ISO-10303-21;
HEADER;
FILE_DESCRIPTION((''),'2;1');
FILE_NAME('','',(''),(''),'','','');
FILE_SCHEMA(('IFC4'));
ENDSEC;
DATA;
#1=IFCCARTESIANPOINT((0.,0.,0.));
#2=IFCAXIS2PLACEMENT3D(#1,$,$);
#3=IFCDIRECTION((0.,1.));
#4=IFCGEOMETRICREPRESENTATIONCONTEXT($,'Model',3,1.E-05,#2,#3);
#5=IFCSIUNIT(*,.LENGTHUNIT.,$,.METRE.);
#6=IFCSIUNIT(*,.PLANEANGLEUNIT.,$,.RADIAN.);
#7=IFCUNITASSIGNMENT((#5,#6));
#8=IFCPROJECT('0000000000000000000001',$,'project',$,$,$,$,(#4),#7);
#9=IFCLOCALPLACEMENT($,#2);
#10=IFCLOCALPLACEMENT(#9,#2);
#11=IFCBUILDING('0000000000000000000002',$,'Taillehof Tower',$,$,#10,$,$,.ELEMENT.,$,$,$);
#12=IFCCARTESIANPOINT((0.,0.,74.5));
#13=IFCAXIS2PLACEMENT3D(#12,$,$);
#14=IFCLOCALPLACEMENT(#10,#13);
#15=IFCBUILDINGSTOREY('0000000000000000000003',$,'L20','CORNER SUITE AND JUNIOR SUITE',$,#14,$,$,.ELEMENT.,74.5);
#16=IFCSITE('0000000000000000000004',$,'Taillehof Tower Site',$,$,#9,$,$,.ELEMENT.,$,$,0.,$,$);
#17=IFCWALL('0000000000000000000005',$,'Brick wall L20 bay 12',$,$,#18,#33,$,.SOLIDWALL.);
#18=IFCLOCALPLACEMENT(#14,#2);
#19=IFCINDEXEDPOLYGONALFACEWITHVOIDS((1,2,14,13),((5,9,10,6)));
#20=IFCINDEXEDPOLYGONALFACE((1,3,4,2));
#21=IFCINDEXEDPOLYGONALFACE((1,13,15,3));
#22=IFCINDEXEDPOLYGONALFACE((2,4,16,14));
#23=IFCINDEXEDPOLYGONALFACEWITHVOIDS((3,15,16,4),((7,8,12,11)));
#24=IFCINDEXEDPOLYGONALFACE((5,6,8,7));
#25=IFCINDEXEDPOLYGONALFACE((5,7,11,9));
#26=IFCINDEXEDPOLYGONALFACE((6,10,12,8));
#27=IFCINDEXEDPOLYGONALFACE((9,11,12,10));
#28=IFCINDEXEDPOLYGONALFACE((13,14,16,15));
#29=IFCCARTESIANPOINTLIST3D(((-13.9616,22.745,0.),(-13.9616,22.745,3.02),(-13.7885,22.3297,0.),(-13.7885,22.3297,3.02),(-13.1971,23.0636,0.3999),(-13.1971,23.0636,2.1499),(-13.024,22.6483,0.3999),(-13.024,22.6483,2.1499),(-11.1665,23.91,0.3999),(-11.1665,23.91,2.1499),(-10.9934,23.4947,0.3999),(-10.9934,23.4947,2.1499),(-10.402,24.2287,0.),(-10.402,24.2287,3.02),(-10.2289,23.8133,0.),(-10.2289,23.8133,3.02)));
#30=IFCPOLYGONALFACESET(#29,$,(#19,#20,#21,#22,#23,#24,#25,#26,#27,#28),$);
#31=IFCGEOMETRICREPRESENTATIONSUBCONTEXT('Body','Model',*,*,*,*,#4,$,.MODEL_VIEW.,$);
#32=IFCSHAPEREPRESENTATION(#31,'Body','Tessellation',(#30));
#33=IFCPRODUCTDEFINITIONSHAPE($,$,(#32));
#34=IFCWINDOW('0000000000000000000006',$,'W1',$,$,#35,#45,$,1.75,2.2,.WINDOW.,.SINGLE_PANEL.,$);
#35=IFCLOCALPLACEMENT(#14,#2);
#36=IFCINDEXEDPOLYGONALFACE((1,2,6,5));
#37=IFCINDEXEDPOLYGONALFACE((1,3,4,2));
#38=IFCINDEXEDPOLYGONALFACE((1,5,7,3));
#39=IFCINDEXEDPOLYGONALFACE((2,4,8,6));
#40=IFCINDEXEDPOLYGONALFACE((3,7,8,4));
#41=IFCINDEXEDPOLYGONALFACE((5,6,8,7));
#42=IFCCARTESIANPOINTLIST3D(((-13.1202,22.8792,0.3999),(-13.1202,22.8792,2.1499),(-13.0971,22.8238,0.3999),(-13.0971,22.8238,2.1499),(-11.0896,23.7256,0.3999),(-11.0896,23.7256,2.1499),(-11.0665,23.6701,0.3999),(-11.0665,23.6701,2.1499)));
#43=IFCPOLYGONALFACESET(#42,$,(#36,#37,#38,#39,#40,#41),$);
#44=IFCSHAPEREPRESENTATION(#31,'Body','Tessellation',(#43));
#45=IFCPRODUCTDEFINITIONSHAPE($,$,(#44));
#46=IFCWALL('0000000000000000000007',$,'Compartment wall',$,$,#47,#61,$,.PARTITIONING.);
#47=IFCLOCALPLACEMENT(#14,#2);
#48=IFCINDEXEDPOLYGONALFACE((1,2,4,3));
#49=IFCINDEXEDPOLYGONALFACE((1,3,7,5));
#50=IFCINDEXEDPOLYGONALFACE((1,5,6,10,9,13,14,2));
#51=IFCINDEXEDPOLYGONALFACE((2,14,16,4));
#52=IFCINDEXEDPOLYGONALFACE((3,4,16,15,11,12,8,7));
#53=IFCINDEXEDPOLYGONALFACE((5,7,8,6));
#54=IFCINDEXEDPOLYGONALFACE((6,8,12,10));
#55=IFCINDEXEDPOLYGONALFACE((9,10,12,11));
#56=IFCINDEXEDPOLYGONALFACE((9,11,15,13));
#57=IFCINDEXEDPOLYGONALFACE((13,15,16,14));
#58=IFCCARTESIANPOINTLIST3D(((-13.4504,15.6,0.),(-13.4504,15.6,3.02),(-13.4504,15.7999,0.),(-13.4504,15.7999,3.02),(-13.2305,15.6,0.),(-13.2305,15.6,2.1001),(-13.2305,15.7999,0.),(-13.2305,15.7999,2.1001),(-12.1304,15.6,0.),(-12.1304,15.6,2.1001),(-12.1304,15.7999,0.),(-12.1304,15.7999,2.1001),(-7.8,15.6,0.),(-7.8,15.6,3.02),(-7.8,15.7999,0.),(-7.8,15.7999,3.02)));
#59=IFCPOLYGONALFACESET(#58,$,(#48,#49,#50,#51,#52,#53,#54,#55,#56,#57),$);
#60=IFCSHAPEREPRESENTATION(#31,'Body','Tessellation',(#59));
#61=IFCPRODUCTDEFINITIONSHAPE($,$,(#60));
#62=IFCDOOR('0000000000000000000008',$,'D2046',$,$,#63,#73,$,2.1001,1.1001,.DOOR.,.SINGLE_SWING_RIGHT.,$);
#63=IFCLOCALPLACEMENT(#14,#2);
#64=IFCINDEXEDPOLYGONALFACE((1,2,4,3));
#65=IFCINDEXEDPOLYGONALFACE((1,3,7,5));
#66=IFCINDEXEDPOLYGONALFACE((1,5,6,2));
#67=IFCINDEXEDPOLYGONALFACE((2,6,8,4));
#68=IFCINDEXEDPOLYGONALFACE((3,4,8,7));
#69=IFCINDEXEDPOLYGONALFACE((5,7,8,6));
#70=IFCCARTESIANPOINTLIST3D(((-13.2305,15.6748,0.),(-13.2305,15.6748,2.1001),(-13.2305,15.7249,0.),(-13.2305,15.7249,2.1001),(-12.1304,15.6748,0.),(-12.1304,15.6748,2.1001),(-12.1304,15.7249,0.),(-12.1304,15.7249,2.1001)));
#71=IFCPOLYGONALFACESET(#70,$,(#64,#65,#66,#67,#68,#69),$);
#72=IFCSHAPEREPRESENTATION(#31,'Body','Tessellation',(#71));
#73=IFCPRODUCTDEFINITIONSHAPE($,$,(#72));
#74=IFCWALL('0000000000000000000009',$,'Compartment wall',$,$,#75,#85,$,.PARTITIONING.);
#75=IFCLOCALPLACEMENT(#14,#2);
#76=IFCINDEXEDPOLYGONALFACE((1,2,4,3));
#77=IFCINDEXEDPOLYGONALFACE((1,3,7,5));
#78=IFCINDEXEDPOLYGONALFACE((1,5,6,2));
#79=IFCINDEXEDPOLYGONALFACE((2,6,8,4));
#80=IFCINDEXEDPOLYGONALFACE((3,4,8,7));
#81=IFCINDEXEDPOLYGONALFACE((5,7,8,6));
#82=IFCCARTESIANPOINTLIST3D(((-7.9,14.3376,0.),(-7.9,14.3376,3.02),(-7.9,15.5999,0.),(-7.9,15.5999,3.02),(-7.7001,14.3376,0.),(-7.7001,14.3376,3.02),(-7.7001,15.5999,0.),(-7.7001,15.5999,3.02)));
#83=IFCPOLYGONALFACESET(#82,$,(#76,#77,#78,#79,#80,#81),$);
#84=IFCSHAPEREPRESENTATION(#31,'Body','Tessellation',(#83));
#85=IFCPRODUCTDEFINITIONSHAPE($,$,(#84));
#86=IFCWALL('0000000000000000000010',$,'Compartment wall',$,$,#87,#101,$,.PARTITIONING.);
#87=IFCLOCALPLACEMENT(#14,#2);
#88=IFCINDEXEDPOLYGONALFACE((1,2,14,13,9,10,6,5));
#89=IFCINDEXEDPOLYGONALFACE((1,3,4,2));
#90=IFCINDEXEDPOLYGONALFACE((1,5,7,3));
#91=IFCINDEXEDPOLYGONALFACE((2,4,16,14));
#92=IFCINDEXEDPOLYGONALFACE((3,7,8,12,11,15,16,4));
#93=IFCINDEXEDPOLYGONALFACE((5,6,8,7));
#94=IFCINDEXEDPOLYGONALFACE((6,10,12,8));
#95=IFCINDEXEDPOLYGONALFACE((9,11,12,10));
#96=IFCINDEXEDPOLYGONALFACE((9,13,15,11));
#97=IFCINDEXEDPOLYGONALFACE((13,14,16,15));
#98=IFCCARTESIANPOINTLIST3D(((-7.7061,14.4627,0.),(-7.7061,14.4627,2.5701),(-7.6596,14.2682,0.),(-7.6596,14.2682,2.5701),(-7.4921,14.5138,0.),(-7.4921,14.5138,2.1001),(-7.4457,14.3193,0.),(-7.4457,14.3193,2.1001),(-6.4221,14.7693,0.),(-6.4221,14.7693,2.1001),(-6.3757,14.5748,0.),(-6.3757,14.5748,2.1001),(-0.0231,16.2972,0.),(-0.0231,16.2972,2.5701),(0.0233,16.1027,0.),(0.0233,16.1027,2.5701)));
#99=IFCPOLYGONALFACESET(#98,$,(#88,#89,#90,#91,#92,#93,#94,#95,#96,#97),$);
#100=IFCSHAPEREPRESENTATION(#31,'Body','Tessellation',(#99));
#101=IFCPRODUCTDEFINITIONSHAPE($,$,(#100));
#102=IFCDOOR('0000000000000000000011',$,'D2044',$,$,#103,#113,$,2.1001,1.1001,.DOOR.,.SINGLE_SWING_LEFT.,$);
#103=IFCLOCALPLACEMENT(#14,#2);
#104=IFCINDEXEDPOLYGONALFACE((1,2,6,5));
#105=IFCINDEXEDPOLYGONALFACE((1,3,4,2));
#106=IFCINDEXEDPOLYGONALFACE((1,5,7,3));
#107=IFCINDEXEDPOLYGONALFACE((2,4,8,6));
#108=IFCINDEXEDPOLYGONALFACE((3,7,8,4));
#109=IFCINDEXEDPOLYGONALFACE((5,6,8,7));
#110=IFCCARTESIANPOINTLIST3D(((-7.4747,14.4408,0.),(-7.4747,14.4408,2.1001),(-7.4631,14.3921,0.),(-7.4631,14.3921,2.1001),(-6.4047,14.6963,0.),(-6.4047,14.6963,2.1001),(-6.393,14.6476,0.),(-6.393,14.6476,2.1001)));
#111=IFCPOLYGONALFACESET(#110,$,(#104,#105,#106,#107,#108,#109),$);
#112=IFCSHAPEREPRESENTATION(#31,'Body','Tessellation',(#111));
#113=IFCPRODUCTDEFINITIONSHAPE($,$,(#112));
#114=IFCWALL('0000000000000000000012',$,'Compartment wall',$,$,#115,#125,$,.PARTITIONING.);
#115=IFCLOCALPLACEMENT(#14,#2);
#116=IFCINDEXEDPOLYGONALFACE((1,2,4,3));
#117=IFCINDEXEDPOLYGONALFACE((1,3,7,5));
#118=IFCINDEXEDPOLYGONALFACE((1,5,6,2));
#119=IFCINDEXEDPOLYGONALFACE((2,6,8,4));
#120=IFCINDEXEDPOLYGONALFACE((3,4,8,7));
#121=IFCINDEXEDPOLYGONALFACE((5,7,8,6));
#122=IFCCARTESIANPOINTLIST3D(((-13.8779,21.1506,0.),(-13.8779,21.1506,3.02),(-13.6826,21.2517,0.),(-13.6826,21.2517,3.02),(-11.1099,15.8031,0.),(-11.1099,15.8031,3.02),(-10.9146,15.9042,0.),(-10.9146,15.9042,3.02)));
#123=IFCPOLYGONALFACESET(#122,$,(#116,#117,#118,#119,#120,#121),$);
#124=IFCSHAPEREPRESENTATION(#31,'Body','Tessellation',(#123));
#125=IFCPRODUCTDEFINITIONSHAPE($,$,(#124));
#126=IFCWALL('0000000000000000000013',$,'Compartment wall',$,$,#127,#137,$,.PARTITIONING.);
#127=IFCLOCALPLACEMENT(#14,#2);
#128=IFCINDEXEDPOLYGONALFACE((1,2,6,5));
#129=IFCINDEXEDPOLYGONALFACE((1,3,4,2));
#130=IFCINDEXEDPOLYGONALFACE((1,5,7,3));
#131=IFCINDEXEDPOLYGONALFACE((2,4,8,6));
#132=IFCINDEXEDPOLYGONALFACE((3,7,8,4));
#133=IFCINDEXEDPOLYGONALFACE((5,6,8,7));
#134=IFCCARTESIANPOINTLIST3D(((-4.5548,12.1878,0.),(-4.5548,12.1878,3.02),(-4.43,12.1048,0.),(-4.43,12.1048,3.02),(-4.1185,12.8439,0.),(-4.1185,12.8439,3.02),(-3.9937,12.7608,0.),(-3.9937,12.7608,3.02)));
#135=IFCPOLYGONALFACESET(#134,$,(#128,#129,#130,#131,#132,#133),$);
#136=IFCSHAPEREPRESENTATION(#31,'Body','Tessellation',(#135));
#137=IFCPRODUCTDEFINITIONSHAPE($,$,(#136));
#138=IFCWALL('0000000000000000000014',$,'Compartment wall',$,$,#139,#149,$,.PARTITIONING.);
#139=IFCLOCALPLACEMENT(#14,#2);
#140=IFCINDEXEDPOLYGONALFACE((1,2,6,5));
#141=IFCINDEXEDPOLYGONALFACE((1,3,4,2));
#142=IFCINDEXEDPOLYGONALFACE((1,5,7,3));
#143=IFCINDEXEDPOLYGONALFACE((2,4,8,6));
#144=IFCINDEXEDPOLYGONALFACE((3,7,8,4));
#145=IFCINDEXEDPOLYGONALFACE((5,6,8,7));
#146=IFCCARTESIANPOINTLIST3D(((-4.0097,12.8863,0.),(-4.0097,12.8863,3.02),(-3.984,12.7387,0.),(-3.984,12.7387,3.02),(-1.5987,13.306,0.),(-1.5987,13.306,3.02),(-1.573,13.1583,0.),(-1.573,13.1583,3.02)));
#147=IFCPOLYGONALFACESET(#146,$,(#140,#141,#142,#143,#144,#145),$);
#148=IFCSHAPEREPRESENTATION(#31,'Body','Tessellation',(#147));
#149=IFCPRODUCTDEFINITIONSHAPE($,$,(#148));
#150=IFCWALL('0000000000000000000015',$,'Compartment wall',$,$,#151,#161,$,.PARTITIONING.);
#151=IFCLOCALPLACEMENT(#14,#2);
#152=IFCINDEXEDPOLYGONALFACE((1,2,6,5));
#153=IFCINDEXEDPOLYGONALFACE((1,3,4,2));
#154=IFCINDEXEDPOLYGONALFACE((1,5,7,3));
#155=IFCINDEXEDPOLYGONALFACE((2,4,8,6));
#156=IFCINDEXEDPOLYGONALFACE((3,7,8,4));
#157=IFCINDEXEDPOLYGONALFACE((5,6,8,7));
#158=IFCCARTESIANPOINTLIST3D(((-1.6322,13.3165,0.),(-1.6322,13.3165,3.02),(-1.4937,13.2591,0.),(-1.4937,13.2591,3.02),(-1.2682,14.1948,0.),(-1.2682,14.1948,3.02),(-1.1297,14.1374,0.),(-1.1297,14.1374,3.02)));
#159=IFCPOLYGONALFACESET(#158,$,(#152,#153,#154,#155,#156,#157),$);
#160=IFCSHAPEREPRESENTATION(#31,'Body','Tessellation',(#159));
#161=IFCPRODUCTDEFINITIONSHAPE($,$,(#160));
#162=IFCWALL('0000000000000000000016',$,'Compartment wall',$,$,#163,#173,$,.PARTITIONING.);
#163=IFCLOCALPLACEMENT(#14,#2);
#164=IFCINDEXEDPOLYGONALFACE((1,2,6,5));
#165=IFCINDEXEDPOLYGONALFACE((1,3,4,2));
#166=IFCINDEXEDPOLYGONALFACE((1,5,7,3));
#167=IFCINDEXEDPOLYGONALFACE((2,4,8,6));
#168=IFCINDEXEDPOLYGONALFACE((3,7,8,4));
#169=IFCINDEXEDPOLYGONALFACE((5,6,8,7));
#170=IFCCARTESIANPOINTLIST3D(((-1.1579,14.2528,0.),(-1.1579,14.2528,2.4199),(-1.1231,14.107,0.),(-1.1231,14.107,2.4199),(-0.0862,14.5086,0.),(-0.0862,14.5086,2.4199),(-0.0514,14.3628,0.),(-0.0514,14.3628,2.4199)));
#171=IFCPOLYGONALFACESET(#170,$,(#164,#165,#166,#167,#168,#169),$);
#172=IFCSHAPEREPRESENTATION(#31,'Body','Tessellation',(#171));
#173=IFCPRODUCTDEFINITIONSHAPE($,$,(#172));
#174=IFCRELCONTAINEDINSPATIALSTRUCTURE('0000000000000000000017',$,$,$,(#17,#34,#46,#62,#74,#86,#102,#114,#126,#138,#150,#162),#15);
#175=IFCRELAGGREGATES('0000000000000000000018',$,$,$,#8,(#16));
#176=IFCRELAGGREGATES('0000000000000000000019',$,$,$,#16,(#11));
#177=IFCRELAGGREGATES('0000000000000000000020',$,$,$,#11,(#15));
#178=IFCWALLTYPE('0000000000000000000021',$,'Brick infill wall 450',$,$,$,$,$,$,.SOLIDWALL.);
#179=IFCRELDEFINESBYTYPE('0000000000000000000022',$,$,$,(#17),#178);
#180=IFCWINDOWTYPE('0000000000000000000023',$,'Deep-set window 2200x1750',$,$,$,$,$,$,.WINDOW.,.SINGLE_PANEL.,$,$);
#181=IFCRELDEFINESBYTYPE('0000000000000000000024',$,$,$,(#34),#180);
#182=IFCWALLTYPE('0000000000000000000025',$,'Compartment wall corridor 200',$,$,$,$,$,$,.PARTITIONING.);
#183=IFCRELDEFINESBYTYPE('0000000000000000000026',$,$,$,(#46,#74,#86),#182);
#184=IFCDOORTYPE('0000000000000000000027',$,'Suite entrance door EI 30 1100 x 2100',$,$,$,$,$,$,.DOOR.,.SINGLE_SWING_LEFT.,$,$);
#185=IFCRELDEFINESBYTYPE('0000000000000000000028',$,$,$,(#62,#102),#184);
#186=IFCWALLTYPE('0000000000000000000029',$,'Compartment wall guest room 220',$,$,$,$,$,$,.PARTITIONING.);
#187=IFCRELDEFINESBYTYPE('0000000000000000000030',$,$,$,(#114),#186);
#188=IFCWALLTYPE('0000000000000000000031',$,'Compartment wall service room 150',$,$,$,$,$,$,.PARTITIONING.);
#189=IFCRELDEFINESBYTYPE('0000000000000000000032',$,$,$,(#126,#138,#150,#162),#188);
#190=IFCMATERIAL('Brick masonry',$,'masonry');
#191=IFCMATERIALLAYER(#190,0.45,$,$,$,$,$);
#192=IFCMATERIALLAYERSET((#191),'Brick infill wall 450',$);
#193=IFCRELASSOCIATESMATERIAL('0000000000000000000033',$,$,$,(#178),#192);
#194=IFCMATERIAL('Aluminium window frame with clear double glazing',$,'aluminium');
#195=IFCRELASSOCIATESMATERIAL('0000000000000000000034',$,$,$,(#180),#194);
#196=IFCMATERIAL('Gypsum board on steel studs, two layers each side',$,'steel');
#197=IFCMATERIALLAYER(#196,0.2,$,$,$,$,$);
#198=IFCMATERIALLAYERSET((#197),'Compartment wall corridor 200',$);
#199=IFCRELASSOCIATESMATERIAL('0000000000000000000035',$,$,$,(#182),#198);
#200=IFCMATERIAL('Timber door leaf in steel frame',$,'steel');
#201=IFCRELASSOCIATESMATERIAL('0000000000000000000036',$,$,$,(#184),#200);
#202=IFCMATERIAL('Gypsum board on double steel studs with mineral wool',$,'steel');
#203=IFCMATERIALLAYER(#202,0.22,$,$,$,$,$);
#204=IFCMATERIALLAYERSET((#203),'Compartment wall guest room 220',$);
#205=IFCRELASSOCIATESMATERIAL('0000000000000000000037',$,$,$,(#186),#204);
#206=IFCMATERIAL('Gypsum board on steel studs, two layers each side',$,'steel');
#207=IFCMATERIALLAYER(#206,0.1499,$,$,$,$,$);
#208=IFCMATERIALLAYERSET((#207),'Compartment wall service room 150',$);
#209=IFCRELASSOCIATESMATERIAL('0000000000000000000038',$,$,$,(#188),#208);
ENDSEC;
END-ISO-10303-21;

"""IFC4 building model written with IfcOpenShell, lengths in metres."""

from ifc_helpers import new_model, si_unit, direction, frame, frame_2d, origin, place, context, subcontext, project, spatial, rectangle, extrude, material, layer, layer_set, type_object, element, fill, save


model = new_model("IFC4")

# Units and contexts
model_context = context("Model", 3, precision=1e-05, world=origin(), true_north=direction((0.0, 1.0)))
body_context = subcontext(model_context, "Body", "Model", "MODEL_VIEW")
ifc_project = project(units=[si_unit("LENGTHUNIT", "METRE"), si_unit("PLANEANGLEUNIT", "RADIAN")], contexts=[model_context])

# Site, building, storey
site_placement = place(None, origin())
site = spatial("IfcSite", under=ifc_project, at=site_placement, Name="Taillehof Tower Site", CompositionType="ELEMENT", RefElevation=0.0)
building_placement = place(site_placement, origin())
building = spatial("IfcBuilding", under=site, at=building_placement, Name="Taillehof Tower", CompositionType="ELEMENT")
storey_placement = place(building_placement, frame((0.0, 0.0, 74.5)))
storey = spatial("IfcBuildingStorey", under=building, at=storey_placement, Name="L20", Description="CORNER SUITE AND JUNIOR SUITE", CompositionType="ELEMENT", Elevation=74.5)

# Wall, opening, window
ifc_material_1 = material(Name="Brick masonry", Category="masonry")
ifc_layer_1 = layer(ifc_material_1, 0.45)
ifc_layer_set_1 = layer_set([ifc_layer_1], Name="Brick infill wall 450")
wall_type_1 = type_object("IfcWallType", Name="Brick infill wall 450", PredefinedType="SOLIDWALL", material=ifc_layer_set_1)
ifc_material_2 = material(Name="Aluminium window frame with clear double glazing", Category="aluminium")
window_type = type_object("IfcWindowType", Name="Deep-set window 2200x1750", PartitioningType="SINGLE_PANEL", PredefinedType="WINDOW", material=ifc_material_2)
wall_1_placement = place(storey_placement, frame((-10.3154, 24.021, 0.0), z_axis=(0.0, 0.0, 1.0), x_axis=(-0.923032, -0.384723, 0.0)))
wall_1 = element("IfcWall", 1, at=wall_1_placement, inside=storey, type_object=wall_type_1, Name="Brick wall L20 bay 12", PredefinedType="SOLIDWALL", context=body_context, shape_type="SweptSolid", body=[
    extrude(rectangle(XDim=3.8564, YDim=0.45, at=frame_2d((1.9282, 0.0))), origin(), (0.0, 0.0, 1.0), 3.02),
])
opening_1_placement = place(wall_1_placement, frame((0.8281, 0.0, 0.3999)))
opening_1 = element("IfcOpeningElement", 2, at=opening_1_placement, cuts=wall_1, PredefinedType="OPENING", context=body_context, shape_type="SweptSolid", body=[
    extrude(rectangle(XDim=2.2, YDim=1.75, at=frame_2d((1.1001, 0.875))), frame((0.0, 0.2349, 0.0), z_axis=(0.0, -1.0, 0.0), x_axis=(1.0, 0.0, 0.0)), (0.0, 0.0, 1.0), 0.47),
])
window_1_placement = place(opening_1_placement, origin())
window_1 = element("IfcWindow", 3, at=window_1_placement, inside=storey, type_object=window_type, Name="W1", OverallHeight=1.75, OverallWidth=2.2, PartitioningType="SINGLE_PANEL", PredefinedType="WINDOW", context=body_context, shape_type="SweptSolid", body=[
    extrude(rectangle(XDim=2.2, YDim=1.75, at=frame_2d((1.1001, 0.875))), frame((0.0, 0.0349, 0.0), z_axis=(0.0, -1.0, 0.0), x_axis=(1.0, 0.0, 0.0)), (0.0, 0.0, 1.0), 0.0601),
])
fill(opening_1, window_1)

# Wall, opening, door
ifc_material_3 = material(Name="Gypsum board on steel studs, two layers each side", Category="steel")
ifc_layer_2 = layer(ifc_material_3, 0.2)
ifc_layer_set_2 = layer_set([ifc_layer_2], Name="Compartment wall corridor 200")
wall_type_2 = type_object("IfcWallType", Name="Compartment wall corridor 200", PredefinedType="PARTITIONING", material=ifc_layer_set_2)
wall_2_placement = place(storey_placement, frame((-13.4504, 15.7, 0.0), z_axis=(0.0, 0.0, 1.0), x_axis=(1.0, 0.0, 0.0)))
wall_2 = element("IfcWall", 4, at=wall_2_placement, inside=storey, type_object=wall_type_2, Name="Compartment wall", PredefinedType="PARTITIONING", context=body_context, shape_type="SweptSolid", body=[
    extrude(rectangle(XDim=5.6504, YDim=0.2, at=frame_2d((2.8252, 0.0))), origin(), (0.0, 0.0, 1.0), 3.02),
])
opening_2_placement = place(wall_2_placement, frame((0.22, 0.0, 0.0)))
opening_2 = element("IfcOpeningElement", 5, at=opening_2_placement, cuts=wall_2, PredefinedType="OPENING", context=body_context, shape_type="SweptSolid", body=[
    extrude(rectangle(XDim=1.1001, YDim=2.1001, at=frame_2d((0.55, 1.05))), frame((0.0, 0.1099, 0.0), z_axis=(0.0, -1.0, 0.0), x_axis=(1.0, 0.0, 0.0)), (0.0, 0.0, 1.0), 0.22),
])
ifc_material_4 = material(Name="Timber door leaf in steel frame", Category="steel")
door_type_1 = type_object("IfcDoorType", Name="Suite entrance door EI 30 1100 x 2100", OperationType="SINGLE_SWING_LEFT", PredefinedType="DOOR", material=ifc_material_4)
door_1_placement = place(opening_2_placement, origin())
door_1 = element("IfcDoor", 6, at=door_1_placement, inside=storey, type_object=door_type_1, Name="D2046", OperationType="SINGLE_SWING_RIGHT", OverallHeight=2.1001, OverallWidth=1.1001, PredefinedType="DOOR", context=body_context, shape_type="SweptSolid", body=[
    extrude(rectangle(XDim=1.1001, YDim=2.1001, at=frame_2d((0.55, 1.05))), frame((0.0, 0.0249, 0.0), z_axis=(0.0, -1.0, 0.0), x_axis=(1.0, 0.0, 0.0)), (0.0, 0.0, 1.0), 0.05),
])
fill(opening_2, door_1)

# Wall
wall_3_placement = place(storey_placement, frame((-7.8, 15.5999, 0.0), z_axis=(0.0, 0.0, 1.0), x_axis=(0.0, -1.0, 0.0)))
element("IfcWall", 7, at=wall_3_placement, inside=storey, type_object=wall_type_2, Name="Compartment wall", PredefinedType="PARTITIONING", context=body_context, shape_type="SweptSolid", body=[
    extrude(rectangle(XDim=1.2622, YDim=0.2, at=frame_2d((0.6311, 0.0))), origin(), (0.0, 0.0, 1.0), 3.02),
])

# Wall, opening, door
wall_4_placement = place(storey_placement, frame((-7.6829, 14.3655, 0.0), z_axis=(0.0, 0.0, 1.0), x_axis=(0.972657, 0.232246, 0.0)))
wall_4 = element("IfcWall", 8, at=wall_4_placement, inside=storey, type_object=wall_type_2, Name="Compartment wall", PredefinedType="PARTITIONING", context=body_context, shape_type="SweptSolid", body=[
    extrude(rectangle(XDim=7.8989, YDim=0.2, at=frame_2d((3.9495, 0.0))), origin(), (0.0, 0.0, 1.0), 2.5701),
])
opening_3_placement = place(wall_4_placement, frame((0.22, 0.0, 0.0)))
opening_3 = element("IfcOpeningElement", 9, at=opening_3_placement, cuts=wall_4, PredefinedType="OPENING", context=body_context, shape_type="SweptSolid", body=[
    extrude(rectangle(XDim=1.1001, YDim=2.1001, at=frame_2d((0.55, 1.05))), frame((0.0, 0.1099, 0.0), z_axis=(0.0, -1.0, 0.0), x_axis=(1.0, 0.0, 0.0)), (0.0, 0.0, 1.0), 0.22),
])
door_2_placement = place(opening_3_placement, origin())
door_2 = element("IfcDoor", 10, at=door_2_placement, inside=storey, type_object=door_type_1, Name="D2044", OperationType="SINGLE_SWING_LEFT", OverallHeight=2.1001, OverallWidth=1.1001, PredefinedType="DOOR", context=body_context, shape_type="SweptSolid", body=[
    extrude(rectangle(XDim=1.1001, YDim=2.1001, at=frame_2d((0.55, 1.05))), frame((0.0, 0.0249, 0.0), z_axis=(0.0, -1.0, 0.0), x_axis=(1.0, 0.0, 0.0)), (0.0, 0.0, 1.0), 0.05),
])
fill(opening_3, door_2)

# Walls
ifc_material_5 = material(Name="Gypsum board on double steel studs with mineral wool", Category="steel")
ifc_layer_3 = layer(ifc_material_5, 0.22)
ifc_layer_set_3 = layer_set([ifc_layer_3], Name="Compartment wall guest room 220")
wall_type_3 = type_object("IfcWallType", Name="Compartment wall guest room 220", PredefinedType="PARTITIONING", material=ifc_layer_set_3)
wall_5_placement = place(storey_placement, frame((-13.7803, 21.2012, 0.0), z_axis=(0.0, 0.0, 1.0), x_axis=(0.45969, -0.88808, 0.0)))
element("IfcWall", 11, at=wall_5_placement, inside=storey, type_object=wall_type_3, Name="Compartment wall", PredefinedType="PARTITIONING", context=body_context, shape_type="SweptSolid", body=[
    extrude(rectangle(XDim=6.0215, YDim=0.22, at=frame_2d((3.0107, 0.0))), origin(), (0.0, 0.0, 1.0), 3.02),
])
ifc_material_6 = material(Name="Gypsum board on steel studs, two layers each side", Category="steel")
ifc_layer_4 = layer(ifc_material_6, 0.1499)
ifc_layer_set_4 = layer_set([ifc_layer_4], Name="Compartment wall service room 150")
wall_type_4 = type_object("IfcWallType", Name="Compartment wall service room 150", PredefinedType="PARTITIONING", material=ifc_layer_set_4)
wall_6_placement = place(storey_placement, frame((-4.4924, 12.1462, 0.0), z_axis=(0.0, 0.0, 1.0), x_axis=(0.55377, 0.83267, 0.0)))
element("IfcWall", 12, at=wall_6_placement, inside=storey, type_object=wall_type_4, Name="Compartment wall", PredefinedType="PARTITIONING", context=body_context, shape_type="SweptSolid", body=[
    extrude(rectangle(XDim=0.7878, YDim=0.1499, at=frame_2d((0.394, 0.0))), origin(), (0.0, 0.0, 1.0), 3.02),
])
wall_7_placement = place(storey_placement, frame((-3.9968, 12.8125, 0.0), z_axis=(0.0, 0.0, 1.0), x_axis=(0.985188, 0.17148, 0.0)))
element("IfcWall", 13, at=wall_7_placement, inside=storey, type_object=wall_type_4, Name="Compartment wall", PredefinedType="PARTITIONING", context=body_context, shape_type="SweptSolid", body=[
    extrude(rectangle(XDim=2.4473, YDim=0.1499, at=frame_2d((1.2236, 0.0))), origin(), (0.0, 0.0, 1.0), 3.02),
])
wall_8_placement = place(storey_placement, frame((-1.563, 13.2878, 0.0), z_axis=(0.0, 0.0, 1.0), x_axis=(0.382919, 0.923782, 0.0)))
element("IfcWall", 14, at=wall_8_placement, inside=storey, type_object=wall_type_4, Name="Compartment wall", PredefinedType="PARTITIONING", context=body_context, shape_type="SweptSolid", body=[
    extrude(rectangle(XDim=0.9507, YDim=0.1499, at=frame_2d((0.4753, 0.0))), origin(), (0.0, 0.0, 1.0), 3.02),
])
wall_9_placement = place(storey_placement, frame((-1.1404, 14.1799, 0.0), z_axis=(0.0, 0.0, 1.0), x_axis=(0.972668, 0.2322, 0.0)))
element("IfcWall", 15, at=wall_9_placement, inside=storey, type_object=wall_type_4, Name="Compartment wall", PredefinedType="PARTITIONING", context=body_context, shape_type="SweptSolid", body=[
    extrude(rectangle(XDim=1.1018, YDim=0.1499, at=frame_2d((0.5508, 0.0))), origin(), (0.0, 0.0, 1.0), 2.4199),
])

save(model, "model.ifc")
